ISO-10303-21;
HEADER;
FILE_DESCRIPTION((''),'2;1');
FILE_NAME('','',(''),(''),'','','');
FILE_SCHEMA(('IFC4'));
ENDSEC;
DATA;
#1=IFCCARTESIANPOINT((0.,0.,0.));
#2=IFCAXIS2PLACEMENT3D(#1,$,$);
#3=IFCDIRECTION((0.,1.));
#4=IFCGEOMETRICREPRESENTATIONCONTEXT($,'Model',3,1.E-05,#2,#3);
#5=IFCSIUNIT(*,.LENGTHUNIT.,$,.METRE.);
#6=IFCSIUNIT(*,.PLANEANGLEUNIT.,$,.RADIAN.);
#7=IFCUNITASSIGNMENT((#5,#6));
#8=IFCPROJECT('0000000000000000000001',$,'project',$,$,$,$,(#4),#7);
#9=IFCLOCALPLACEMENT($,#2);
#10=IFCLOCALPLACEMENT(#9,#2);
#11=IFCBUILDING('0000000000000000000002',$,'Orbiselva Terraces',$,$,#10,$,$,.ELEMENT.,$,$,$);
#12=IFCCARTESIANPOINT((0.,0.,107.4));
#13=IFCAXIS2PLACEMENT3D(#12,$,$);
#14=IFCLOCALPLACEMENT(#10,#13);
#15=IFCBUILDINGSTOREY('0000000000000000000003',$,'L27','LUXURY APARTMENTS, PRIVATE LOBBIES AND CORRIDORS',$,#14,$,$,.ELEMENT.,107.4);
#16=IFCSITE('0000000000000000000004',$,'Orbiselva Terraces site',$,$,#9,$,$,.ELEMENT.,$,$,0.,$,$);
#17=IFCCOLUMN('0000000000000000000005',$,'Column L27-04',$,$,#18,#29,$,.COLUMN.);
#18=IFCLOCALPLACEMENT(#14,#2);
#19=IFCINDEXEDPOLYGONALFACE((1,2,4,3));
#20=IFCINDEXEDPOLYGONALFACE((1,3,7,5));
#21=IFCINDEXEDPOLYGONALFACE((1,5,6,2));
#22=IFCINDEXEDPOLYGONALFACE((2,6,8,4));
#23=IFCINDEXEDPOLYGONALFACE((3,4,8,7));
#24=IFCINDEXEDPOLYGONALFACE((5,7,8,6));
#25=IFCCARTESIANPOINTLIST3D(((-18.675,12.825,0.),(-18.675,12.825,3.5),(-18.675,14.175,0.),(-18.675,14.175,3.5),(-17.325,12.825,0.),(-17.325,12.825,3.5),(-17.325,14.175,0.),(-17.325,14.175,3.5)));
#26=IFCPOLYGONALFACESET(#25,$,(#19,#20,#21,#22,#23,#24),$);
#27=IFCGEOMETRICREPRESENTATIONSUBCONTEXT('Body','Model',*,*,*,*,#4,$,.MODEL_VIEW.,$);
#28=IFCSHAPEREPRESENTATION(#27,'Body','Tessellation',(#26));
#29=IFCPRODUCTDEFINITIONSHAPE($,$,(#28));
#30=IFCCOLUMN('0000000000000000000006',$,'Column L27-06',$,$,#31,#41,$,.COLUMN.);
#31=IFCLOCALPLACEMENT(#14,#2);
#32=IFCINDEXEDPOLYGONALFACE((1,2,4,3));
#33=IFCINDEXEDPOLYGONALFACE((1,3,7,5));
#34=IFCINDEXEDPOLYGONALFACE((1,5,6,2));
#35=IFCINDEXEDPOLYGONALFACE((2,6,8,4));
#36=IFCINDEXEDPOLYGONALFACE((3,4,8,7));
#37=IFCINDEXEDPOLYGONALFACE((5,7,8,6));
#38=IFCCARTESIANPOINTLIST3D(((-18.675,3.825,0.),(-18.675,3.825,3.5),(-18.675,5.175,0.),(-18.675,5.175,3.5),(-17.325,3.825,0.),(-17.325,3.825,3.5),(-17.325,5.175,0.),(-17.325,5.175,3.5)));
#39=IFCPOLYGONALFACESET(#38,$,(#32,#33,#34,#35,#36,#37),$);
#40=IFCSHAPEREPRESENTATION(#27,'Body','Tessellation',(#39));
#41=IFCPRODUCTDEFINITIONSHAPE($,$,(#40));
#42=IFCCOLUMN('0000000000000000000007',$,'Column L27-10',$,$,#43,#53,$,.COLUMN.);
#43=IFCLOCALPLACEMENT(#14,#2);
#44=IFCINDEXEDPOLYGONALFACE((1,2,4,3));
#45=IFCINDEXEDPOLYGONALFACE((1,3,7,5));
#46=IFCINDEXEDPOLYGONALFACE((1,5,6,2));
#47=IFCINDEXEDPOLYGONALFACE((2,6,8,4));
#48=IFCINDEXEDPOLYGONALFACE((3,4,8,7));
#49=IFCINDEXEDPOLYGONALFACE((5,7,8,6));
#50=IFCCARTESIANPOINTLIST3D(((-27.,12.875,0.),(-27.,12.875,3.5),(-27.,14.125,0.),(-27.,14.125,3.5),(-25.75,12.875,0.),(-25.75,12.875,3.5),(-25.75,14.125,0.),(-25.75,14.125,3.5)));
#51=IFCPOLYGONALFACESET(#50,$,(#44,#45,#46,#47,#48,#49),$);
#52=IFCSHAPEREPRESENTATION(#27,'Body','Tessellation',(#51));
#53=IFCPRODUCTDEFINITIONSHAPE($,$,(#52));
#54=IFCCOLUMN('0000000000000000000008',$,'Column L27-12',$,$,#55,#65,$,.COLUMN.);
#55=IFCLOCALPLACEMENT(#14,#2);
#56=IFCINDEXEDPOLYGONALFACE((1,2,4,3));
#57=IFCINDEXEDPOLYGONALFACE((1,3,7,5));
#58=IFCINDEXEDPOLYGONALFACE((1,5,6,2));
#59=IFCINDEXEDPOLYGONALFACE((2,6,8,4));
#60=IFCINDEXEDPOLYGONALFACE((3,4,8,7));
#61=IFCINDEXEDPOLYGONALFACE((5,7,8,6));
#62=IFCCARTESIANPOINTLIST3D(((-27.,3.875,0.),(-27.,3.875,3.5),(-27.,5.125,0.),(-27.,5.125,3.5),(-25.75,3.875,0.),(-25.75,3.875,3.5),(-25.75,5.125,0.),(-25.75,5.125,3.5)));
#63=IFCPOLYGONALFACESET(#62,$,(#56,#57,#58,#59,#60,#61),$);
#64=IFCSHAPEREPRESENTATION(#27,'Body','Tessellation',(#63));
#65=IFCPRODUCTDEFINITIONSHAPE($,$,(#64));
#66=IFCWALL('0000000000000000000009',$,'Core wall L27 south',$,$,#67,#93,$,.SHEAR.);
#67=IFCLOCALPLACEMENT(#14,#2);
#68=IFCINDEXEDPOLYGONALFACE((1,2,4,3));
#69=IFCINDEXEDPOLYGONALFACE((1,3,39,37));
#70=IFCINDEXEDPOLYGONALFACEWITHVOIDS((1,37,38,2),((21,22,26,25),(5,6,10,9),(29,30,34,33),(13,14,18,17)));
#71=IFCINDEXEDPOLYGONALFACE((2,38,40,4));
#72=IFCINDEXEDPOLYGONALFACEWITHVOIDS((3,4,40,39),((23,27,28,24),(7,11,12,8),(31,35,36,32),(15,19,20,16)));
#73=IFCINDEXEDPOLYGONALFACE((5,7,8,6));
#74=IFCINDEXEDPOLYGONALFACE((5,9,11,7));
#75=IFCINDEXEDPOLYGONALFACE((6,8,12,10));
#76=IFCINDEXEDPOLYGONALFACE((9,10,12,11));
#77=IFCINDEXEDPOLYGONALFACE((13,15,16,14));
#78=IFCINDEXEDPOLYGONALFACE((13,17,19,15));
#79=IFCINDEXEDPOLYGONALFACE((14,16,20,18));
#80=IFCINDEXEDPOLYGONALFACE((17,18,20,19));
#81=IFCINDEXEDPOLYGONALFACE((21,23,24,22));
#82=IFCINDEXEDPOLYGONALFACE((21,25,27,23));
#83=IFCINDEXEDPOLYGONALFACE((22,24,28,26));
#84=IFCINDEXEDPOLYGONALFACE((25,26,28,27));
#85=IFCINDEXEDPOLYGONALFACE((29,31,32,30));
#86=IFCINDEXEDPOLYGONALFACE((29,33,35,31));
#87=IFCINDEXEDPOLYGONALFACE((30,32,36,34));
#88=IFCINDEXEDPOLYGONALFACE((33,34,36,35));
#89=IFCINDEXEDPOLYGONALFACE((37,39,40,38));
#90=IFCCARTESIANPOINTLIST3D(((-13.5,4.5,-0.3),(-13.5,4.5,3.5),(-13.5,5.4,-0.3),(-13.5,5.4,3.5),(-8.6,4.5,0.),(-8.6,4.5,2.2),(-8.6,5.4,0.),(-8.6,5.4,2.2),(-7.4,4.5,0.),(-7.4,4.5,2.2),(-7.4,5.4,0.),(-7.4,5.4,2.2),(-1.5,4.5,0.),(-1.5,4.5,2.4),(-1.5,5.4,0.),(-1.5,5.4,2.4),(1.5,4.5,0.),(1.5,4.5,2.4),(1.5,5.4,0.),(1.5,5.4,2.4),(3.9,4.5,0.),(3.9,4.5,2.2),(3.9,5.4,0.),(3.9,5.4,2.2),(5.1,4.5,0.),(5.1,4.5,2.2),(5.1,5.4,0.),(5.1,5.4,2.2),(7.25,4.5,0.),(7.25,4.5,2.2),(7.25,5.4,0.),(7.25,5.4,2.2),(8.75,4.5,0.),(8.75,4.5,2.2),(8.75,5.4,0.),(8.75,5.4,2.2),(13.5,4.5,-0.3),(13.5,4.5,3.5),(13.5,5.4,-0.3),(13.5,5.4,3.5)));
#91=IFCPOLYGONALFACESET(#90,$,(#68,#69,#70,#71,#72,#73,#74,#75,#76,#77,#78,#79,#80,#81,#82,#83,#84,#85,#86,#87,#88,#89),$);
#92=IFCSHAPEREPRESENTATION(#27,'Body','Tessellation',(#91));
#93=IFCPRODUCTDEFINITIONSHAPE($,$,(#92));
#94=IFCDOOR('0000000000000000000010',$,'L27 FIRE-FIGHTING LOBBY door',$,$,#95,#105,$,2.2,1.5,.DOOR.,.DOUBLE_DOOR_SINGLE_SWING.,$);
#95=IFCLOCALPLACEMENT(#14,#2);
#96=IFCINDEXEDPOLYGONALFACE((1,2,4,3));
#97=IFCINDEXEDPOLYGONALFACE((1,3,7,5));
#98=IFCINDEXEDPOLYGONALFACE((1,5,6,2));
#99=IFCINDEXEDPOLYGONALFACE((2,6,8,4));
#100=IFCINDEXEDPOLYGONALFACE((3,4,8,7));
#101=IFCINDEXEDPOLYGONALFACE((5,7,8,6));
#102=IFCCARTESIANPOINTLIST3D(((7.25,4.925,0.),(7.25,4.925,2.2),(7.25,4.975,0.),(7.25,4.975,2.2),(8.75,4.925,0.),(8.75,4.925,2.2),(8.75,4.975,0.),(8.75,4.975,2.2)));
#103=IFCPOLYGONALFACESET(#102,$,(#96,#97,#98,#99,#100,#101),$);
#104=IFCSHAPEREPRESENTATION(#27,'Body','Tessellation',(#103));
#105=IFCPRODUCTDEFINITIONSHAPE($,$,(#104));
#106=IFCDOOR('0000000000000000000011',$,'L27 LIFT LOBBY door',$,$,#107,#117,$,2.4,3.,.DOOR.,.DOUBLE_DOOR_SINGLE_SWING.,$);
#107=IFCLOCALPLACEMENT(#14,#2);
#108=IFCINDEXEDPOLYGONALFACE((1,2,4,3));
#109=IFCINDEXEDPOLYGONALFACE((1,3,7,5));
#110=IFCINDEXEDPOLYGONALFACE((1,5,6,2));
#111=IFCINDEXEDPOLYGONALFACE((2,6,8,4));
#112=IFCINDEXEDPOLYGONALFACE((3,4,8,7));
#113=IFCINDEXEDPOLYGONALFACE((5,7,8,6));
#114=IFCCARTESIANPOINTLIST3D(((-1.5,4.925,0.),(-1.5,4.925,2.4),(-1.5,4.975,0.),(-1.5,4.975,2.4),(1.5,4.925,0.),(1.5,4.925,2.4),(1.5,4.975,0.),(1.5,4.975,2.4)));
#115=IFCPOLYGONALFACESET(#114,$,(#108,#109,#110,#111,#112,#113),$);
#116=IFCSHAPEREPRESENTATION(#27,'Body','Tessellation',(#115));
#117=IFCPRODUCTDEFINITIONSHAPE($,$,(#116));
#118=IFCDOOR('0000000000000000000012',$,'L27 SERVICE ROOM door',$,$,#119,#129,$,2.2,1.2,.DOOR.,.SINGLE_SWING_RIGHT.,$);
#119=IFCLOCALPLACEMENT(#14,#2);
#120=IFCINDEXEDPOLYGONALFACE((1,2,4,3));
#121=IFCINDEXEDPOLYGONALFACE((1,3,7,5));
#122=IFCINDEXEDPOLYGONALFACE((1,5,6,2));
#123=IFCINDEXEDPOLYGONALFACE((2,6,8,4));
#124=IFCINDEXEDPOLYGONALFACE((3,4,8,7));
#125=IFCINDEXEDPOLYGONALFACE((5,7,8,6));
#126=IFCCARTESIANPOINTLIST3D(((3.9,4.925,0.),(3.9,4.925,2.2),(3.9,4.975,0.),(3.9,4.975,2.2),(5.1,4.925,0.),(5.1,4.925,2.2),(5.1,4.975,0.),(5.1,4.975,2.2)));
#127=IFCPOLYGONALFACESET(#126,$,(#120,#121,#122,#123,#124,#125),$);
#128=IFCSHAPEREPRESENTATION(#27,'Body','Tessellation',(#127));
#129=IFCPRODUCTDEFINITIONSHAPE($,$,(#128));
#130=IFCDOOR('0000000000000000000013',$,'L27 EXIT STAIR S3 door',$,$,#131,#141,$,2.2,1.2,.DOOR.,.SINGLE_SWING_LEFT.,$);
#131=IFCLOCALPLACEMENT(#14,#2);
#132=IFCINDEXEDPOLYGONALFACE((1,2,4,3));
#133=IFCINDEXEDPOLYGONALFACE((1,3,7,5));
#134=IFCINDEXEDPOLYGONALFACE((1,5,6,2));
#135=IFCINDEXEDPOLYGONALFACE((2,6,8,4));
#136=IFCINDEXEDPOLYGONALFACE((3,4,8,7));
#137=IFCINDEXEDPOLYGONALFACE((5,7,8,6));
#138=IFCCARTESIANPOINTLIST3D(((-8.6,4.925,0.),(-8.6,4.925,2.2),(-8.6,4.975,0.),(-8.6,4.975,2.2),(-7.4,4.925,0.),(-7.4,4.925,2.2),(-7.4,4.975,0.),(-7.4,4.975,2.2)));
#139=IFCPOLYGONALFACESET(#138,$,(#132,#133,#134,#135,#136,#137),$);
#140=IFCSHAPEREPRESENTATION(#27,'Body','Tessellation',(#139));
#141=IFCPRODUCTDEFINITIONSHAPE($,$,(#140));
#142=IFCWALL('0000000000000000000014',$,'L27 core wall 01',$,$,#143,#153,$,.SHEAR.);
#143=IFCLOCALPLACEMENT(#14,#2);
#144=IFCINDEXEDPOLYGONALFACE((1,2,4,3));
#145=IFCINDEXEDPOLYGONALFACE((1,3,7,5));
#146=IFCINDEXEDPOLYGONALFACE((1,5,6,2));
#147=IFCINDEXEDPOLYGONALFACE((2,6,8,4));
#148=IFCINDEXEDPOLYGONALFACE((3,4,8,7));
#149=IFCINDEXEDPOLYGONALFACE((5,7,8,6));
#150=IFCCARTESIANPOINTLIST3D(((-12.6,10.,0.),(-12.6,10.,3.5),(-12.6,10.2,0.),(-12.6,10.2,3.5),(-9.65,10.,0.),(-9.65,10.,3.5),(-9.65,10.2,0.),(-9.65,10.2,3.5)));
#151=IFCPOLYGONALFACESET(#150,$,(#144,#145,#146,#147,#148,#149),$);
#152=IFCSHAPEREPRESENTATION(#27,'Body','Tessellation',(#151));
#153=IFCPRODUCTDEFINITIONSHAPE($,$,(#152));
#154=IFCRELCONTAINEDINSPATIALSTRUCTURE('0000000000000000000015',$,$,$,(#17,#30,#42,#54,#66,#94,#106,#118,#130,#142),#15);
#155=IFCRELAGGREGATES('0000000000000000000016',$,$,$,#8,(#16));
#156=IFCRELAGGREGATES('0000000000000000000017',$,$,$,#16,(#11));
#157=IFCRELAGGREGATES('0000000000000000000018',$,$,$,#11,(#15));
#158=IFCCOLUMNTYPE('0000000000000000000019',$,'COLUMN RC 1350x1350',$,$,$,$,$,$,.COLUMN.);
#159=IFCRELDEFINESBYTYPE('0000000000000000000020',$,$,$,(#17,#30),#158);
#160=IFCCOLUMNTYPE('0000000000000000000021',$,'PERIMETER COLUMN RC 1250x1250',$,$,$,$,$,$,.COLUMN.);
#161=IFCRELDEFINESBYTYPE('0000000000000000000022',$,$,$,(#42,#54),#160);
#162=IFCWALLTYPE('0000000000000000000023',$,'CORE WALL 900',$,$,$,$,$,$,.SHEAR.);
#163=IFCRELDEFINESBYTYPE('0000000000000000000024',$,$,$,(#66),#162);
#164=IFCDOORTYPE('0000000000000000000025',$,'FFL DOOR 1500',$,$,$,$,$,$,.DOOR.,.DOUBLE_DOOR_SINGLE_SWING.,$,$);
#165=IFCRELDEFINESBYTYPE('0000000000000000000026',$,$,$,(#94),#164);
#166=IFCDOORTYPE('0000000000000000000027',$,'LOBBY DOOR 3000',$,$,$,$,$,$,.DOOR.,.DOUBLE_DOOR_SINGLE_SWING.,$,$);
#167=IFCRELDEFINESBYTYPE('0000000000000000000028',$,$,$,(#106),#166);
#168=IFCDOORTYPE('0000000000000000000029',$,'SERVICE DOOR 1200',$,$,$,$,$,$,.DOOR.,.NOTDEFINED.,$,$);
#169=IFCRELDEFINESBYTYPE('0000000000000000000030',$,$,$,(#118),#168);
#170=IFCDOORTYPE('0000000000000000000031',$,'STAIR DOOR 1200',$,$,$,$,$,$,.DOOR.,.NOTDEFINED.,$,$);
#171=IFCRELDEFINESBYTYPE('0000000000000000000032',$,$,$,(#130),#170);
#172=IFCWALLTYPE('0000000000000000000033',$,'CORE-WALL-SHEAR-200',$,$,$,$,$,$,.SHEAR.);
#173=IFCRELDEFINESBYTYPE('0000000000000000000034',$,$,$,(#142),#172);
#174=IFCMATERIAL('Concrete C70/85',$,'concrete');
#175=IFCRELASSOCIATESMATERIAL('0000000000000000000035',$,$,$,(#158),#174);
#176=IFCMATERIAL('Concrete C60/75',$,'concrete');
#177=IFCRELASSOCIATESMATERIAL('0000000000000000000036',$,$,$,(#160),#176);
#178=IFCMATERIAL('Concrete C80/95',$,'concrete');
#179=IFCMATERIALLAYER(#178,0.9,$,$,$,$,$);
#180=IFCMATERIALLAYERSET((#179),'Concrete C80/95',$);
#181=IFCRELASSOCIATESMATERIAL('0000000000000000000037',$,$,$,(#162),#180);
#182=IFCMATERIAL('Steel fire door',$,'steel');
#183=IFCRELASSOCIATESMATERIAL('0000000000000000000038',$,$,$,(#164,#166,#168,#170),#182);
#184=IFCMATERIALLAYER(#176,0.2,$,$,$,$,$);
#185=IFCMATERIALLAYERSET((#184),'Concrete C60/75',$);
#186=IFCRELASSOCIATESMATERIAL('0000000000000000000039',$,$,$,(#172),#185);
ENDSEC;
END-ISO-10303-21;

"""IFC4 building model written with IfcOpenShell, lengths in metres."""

from ifc_helpers import new_model, si_unit, direction, frame, frame_2d, origin, origin_2d, place, context, subcontext, project, spatial, rectangle, extrude, material, layer, layer_set, material_profile, profile_set, type_object, element, fill, save


model = new_model("IFC4")

# Units and contexts
model_context = context("Model", 3, precision=1e-05, world=origin(), true_north=direction((0.0, 1.0)))
body_context = subcontext(model_context, "Body", "Model", "MODEL_VIEW")
ifc_project = project(units=[si_unit("LENGTHUNIT", "METRE"), si_unit("PLANEANGLEUNIT", "RADIAN")], contexts=[model_context])

# Site, building, storey
site_placement = place(None, origin())
site = spatial("IfcSite", under=ifc_project, at=site_placement, Name="Orbiselva Terraces site", CompositionType="ELEMENT", RefElevation=0.0)
building_placement = place(site_placement, origin())
building = spatial("IfcBuilding", under=site, at=building_placement, Name="Orbiselva Terraces", CompositionType="ELEMENT")
storey_placement = place(building_placement, frame((0.0, 0.0, 107.4)))
storey = spatial("IfcBuildingStorey", under=building, at=storey_placement, Name="L27", Description="LUXURY APARTMENTS, PRIVATE LOBBIES AND CORRIDORS", CompositionType="ELEMENT", Elevation=107.4)

# Columns
ifc_material_1 = material(Name="Concrete C70/85", Category="concrete")
ifc_material_profile_1 = material_profile(ifc_material_1, rectangle(XDim=1.35, YDim=1.35, at=origin_2d()), Name="RC 1350x1350")
ifc_profile_set_1 = profile_set([ifc_material_profile_1], Name="Concrete C70/85")
column_type_1 = type_object("IfcColumnType", Name="COLUMN RC 1350x1350", PredefinedType="COLUMN", material=ifc_profile_set_1)
for number, where, z_axis, x_axis, name in (
    (1, (-18.0, 13.5, 0.0), (0.0, 0.0, 1.0), (1.0, 0.0, 0.0), "Column L27-04"),
    (2, (-18.0, 4.5, 0.0), (0.0, 0.0, 1.0), (1.0, 0.0, 0.0), "Column L27-06"),
):
    element("IfcColumn", number, at=place(storey_placement, frame(where, z_axis=z_axis, x_axis=x_axis)), inside=storey, type_object=column_type_1, Name=name, PredefinedType="COLUMN", context=body_context, shape_type="SweptSolid", body=[
        extrude(rectangle(XDim=1.35, YDim=1.35, at=origin_2d()), origin(), (0.0, 0.0, 1.0), 3.5),
    ])
ifc_material_2 = material(Name="Concrete C60/75", Category="concrete")
ifc_material_profile_2 = material_profile(ifc_material_2, rectangle(XDim=1.25, YDim=1.25, at=origin_2d()), Name="RC 1250x1250")
ifc_profile_set_2 = profile_set([ifc_material_profile_2], Name="Concrete C60/75")
column_type_2 = type_object("IfcColumnType", Name="PERIMETER COLUMN RC 1250x1250", PredefinedType="COLUMN", material=ifc_profile_set_2)
for number, where, z_axis, x_axis, name in (
    (3, (-26.375, 13.5, 0.0), (0.0, 0.0, 1.0), (1.0, 0.0, 0.0), "Column L27-10"),
    (4, (-26.375, 4.5, 0.0), (0.0, 0.0, 1.0), (1.0, 0.0, 0.0), "Column L27-12"),
):
    element("IfcColumn", number, at=place(storey_placement, frame(where, z_axis=z_axis, x_axis=x_axis)), inside=storey, type_object=column_type_2, Name=name, PredefinedType="COLUMN", context=body_context, shape_type="SweptSolid", body=[
        extrude(rectangle(XDim=1.25, YDim=1.25, at=origin_2d()), origin(), (0.0, 0.0, 1.0), 3.5),
    ])

# Wall, openings, doors
ifc_material_3 = material(Name="Concrete C80/95", Category="concrete")
ifc_layer_1 = layer(ifc_material_3, 0.9)
ifc_layer_set_1 = layer_set([ifc_layer_1], Name="Concrete C80/95")
wall_type_1 = type_object("IfcWallType", Name="CORE WALL 900", PredefinedType="SHEAR", material=ifc_layer_set_1)
wall_1_placement = place(storey_placement, frame((-13.5, 4.95, -0.3), z_axis=(0.0, 0.0, 1.0), x_axis=(1.0, 0.0, 0.0)))
wall_1 = element("IfcWall", 5, at=wall_1_placement, inside=storey, type_object=wall_type_1, Name="Core wall L27 south", PredefinedType="SHEAR", context=body_context, shape_type="SweptSolid", body=[
    extrude(rectangle(XDim=27.0, YDim=0.9, at=frame_2d((13.5, 0.0))), origin(), (0.0, 0.0, 1.0), 3.8),
])
opening_1_placement = place(wall_1_placement, frame((12.0, 0.0, 0.3)))
opening_1 = element("IfcOpeningElement", 6, at=opening_1_placement, cuts=wall_1, PredefinedType="OPENING", context=body_context, shape_type="SweptSolid", body=[
    extrude(rectangle(XDim=3.0, YDim=2.4, at=frame_2d((1.5, 1.2))), frame((0.0, 0.46, 0.0), z_axis=(0.0, -1.0, 0.0), x_axis=(1.0, 0.0, 0.0)), (0.0, 0.0, 1.0), 0.92),
])
opening_2_placement = place(wall_1_placement, frame((4.9, 0.0, 0.3)))
opening_2 = element("IfcOpeningElement", 7, at=opening_2_placement, cuts=wall_1, PredefinedType="OPENING", context=body_context, shape_type="SweptSolid", body=[
    extrude(rectangle(XDim=1.2, YDim=2.2, at=frame_2d((0.6, 1.1))), frame((0.0, 0.46, 0.0), z_axis=(0.0, -1.0, 0.0), x_axis=(1.0, 0.0, 0.0)), (0.0, 0.0, 1.0), 0.92),
])
opening_3_placement = place(wall_1_placement, frame((20.75, 0.0, 0.3)))
opening_3 = element("IfcOpeningElement", 8, at=opening_3_placement, cuts=wall_1, PredefinedType="OPENING", context=body_context, shape_type="SweptSolid", body=[
    extrude(rectangle(XDim=1.5, YDim=2.2, at=frame_2d((0.75, 1.1))), frame((0.0, 0.46, 0.0), z_axis=(0.0, -1.0, 0.0), x_axis=(1.0, 0.0, 0.0)), (0.0, 0.0, 1.0), 0.92),
])
opening_4_placement = place(wall_1_placement, frame((17.4, 0.0, 0.3)))
opening_4 = element("IfcOpeningElement", 9, at=opening_4_placement, cuts=wall_1, PredefinedType="OPENING", context=body_context, shape_type="SweptSolid", body=[
    extrude(rectangle(XDim=1.2, YDim=2.2, at=frame_2d((0.6, 1.1))), frame((0.0, 0.46, 0.0), z_axis=(0.0, -1.0, 0.0), x_axis=(1.0, 0.0, 0.0)), (0.0, 0.0, 1.0), 0.92),
])
ifc_material_4 = material(Name="Steel fire door", Category="steel")
door_type_1 = type_object("IfcDoorType", Name="FFL DOOR 1500", OperationType="DOUBLE_DOOR_SINGLE_SWING", PredefinedType="DOOR", material=ifc_material_4)
door_1_placement = place(opening_3_placement, frame((1.5, 0.0, 0.0), z_axis=(0.0, 0.0, 1.0), x_axis=(-1.0, 0.0, 0.0)))
door_1 = element("IfcDoor", 10, at=door_1_placement, inside=storey, type_object=door_type_1, Name="L27 FIRE-FIGHTING LOBBY door", OperationType="DOUBLE_DOOR_SINGLE_SWING", OverallHeight=2.2, OverallWidth=1.5, PredefinedType="DOOR", context=body_context, shape_type="SweptSolid", body=[
    extrude(rectangle(XDim=1.5, YDim=2.2, at=frame_2d((0.75, 1.1))), frame((0.0, 0.025, 0.0), z_axis=(0.0, -1.0, 0.0), x_axis=(1.0, 0.0, 0.0)), (0.0, 0.0, 1.0), 0.05),
])
fill(opening_3, door_1)
door_type_2 = type_object("IfcDoorType", Name="LOBBY DOOR 3000", OperationType="DOUBLE_DOOR_SINGLE_SWING", PredefinedType="DOOR", material=ifc_material_4)
door_2_placement = place(opening_1_placement, frame((3.0, 0.0, 0.0), z_axis=(0.0, 0.0, 1.0), x_axis=(-1.0, 0.0, 0.0)))
door_2 = element("IfcDoor", 11, at=door_2_placement, inside=storey, type_object=door_type_2, Name="L27 LIFT LOBBY door", OperationType="DOUBLE_DOOR_SINGLE_SWING", OverallHeight=2.4, OverallWidth=3.0, PredefinedType="DOOR", context=body_context, shape_type="SweptSolid", body=[
    extrude(rectangle(XDim=3.0, YDim=2.4, at=frame_2d((1.5, 1.2))), frame((0.0, 0.025, 0.0), z_axis=(0.0, -1.0, 0.0), x_axis=(1.0, 0.0, 0.0)), (0.0, 0.0, 1.0), 0.05),
])
fill(opening_1, door_2)
door_type_3 = type_object("IfcDoorType", Name="SERVICE DOOR 1200", OperationType="NOTDEFINED", PredefinedType="DOOR", material=ifc_material_4)
door_3_placement = place(opening_4_placement, frame((1.2, 0.0, 0.0), z_axis=(0.0, 0.0, 1.0), x_axis=(-1.0, 0.0, 0.0)))
door_3 = element("IfcDoor", 12, at=door_3_placement, inside=storey, type_object=door_type_3, Name="L27 SERVICE ROOM door", OperationType="SINGLE_SWING_RIGHT", OverallHeight=2.2, OverallWidth=1.2, PredefinedType="DOOR", context=body_context, shape_type="SweptSolid", body=[
    extrude(rectangle(XDim=1.2, YDim=2.2, at=frame_2d((0.6, 1.1))), frame((0.0, 0.025, 0.0), z_axis=(0.0, -1.0, 0.0), x_axis=(1.0, 0.0, 0.0)), (0.0, 0.0, 1.0), 0.05),
])
fill(opening_4, door_3)
door_type_4 = type_object("IfcDoorType", Name="STAIR DOOR 1200", OperationType="NOTDEFINED", PredefinedType="DOOR", material=ifc_material_4)
door_4_placement = place(opening_2_placement, frame((1.2, 0.0, 0.0), z_axis=(0.0, 0.0, 1.0), x_axis=(-1.0, 0.0, 0.0)))
door_4 = element("IfcDoor", 13, at=door_4_placement, inside=storey, type_object=door_type_4, Name="L27 EXIT STAIR S3 door", OperationType="SINGLE_SWING_LEFT", OverallHeight=2.2, OverallWidth=1.2, PredefinedType="DOOR", context=body_context, shape_type="SweptSolid", body=[
    extrude(rectangle(XDim=1.2, YDim=2.2, at=frame_2d((0.6, 1.1))), frame((0.0, 0.025, 0.0), z_axis=(0.0, -1.0, 0.0), x_axis=(1.0, 0.0, 0.0)), (0.0, 0.0, 1.0), 0.05),
])
fill(opening_2, door_4)

# Wall
ifc_layer_2 = layer(ifc_material_2, 0.2)
ifc_layer_set_2 = layer_set([ifc_layer_2], Name="Concrete C60/75")
wall_type_2 = type_object("IfcWallType", Name="CORE-WALL-SHEAR-200", PredefinedType="SHEAR", material=ifc_layer_set_2)
wall_2_placement = place(storey_placement, frame((-12.6, 10.1, 0.0), z_axis=(0.0, 0.0, 1.0), x_axis=(1.0, 0.0, 0.0)))
element("IfcWall", 14, at=wall_2_placement, inside=storey, type_object=wall_type_2, Name="L27 core wall 01", PredefinedType="SHEAR", context=body_context, shape_type="SweptSolid", body=[
    extrude(rectangle(XDim=2.95, YDim=0.2, at=frame_2d((1.475, 0.0))), origin(), (0.0, 0.0, 1.0), 3.5),
])

save(model, "model.ifc")
